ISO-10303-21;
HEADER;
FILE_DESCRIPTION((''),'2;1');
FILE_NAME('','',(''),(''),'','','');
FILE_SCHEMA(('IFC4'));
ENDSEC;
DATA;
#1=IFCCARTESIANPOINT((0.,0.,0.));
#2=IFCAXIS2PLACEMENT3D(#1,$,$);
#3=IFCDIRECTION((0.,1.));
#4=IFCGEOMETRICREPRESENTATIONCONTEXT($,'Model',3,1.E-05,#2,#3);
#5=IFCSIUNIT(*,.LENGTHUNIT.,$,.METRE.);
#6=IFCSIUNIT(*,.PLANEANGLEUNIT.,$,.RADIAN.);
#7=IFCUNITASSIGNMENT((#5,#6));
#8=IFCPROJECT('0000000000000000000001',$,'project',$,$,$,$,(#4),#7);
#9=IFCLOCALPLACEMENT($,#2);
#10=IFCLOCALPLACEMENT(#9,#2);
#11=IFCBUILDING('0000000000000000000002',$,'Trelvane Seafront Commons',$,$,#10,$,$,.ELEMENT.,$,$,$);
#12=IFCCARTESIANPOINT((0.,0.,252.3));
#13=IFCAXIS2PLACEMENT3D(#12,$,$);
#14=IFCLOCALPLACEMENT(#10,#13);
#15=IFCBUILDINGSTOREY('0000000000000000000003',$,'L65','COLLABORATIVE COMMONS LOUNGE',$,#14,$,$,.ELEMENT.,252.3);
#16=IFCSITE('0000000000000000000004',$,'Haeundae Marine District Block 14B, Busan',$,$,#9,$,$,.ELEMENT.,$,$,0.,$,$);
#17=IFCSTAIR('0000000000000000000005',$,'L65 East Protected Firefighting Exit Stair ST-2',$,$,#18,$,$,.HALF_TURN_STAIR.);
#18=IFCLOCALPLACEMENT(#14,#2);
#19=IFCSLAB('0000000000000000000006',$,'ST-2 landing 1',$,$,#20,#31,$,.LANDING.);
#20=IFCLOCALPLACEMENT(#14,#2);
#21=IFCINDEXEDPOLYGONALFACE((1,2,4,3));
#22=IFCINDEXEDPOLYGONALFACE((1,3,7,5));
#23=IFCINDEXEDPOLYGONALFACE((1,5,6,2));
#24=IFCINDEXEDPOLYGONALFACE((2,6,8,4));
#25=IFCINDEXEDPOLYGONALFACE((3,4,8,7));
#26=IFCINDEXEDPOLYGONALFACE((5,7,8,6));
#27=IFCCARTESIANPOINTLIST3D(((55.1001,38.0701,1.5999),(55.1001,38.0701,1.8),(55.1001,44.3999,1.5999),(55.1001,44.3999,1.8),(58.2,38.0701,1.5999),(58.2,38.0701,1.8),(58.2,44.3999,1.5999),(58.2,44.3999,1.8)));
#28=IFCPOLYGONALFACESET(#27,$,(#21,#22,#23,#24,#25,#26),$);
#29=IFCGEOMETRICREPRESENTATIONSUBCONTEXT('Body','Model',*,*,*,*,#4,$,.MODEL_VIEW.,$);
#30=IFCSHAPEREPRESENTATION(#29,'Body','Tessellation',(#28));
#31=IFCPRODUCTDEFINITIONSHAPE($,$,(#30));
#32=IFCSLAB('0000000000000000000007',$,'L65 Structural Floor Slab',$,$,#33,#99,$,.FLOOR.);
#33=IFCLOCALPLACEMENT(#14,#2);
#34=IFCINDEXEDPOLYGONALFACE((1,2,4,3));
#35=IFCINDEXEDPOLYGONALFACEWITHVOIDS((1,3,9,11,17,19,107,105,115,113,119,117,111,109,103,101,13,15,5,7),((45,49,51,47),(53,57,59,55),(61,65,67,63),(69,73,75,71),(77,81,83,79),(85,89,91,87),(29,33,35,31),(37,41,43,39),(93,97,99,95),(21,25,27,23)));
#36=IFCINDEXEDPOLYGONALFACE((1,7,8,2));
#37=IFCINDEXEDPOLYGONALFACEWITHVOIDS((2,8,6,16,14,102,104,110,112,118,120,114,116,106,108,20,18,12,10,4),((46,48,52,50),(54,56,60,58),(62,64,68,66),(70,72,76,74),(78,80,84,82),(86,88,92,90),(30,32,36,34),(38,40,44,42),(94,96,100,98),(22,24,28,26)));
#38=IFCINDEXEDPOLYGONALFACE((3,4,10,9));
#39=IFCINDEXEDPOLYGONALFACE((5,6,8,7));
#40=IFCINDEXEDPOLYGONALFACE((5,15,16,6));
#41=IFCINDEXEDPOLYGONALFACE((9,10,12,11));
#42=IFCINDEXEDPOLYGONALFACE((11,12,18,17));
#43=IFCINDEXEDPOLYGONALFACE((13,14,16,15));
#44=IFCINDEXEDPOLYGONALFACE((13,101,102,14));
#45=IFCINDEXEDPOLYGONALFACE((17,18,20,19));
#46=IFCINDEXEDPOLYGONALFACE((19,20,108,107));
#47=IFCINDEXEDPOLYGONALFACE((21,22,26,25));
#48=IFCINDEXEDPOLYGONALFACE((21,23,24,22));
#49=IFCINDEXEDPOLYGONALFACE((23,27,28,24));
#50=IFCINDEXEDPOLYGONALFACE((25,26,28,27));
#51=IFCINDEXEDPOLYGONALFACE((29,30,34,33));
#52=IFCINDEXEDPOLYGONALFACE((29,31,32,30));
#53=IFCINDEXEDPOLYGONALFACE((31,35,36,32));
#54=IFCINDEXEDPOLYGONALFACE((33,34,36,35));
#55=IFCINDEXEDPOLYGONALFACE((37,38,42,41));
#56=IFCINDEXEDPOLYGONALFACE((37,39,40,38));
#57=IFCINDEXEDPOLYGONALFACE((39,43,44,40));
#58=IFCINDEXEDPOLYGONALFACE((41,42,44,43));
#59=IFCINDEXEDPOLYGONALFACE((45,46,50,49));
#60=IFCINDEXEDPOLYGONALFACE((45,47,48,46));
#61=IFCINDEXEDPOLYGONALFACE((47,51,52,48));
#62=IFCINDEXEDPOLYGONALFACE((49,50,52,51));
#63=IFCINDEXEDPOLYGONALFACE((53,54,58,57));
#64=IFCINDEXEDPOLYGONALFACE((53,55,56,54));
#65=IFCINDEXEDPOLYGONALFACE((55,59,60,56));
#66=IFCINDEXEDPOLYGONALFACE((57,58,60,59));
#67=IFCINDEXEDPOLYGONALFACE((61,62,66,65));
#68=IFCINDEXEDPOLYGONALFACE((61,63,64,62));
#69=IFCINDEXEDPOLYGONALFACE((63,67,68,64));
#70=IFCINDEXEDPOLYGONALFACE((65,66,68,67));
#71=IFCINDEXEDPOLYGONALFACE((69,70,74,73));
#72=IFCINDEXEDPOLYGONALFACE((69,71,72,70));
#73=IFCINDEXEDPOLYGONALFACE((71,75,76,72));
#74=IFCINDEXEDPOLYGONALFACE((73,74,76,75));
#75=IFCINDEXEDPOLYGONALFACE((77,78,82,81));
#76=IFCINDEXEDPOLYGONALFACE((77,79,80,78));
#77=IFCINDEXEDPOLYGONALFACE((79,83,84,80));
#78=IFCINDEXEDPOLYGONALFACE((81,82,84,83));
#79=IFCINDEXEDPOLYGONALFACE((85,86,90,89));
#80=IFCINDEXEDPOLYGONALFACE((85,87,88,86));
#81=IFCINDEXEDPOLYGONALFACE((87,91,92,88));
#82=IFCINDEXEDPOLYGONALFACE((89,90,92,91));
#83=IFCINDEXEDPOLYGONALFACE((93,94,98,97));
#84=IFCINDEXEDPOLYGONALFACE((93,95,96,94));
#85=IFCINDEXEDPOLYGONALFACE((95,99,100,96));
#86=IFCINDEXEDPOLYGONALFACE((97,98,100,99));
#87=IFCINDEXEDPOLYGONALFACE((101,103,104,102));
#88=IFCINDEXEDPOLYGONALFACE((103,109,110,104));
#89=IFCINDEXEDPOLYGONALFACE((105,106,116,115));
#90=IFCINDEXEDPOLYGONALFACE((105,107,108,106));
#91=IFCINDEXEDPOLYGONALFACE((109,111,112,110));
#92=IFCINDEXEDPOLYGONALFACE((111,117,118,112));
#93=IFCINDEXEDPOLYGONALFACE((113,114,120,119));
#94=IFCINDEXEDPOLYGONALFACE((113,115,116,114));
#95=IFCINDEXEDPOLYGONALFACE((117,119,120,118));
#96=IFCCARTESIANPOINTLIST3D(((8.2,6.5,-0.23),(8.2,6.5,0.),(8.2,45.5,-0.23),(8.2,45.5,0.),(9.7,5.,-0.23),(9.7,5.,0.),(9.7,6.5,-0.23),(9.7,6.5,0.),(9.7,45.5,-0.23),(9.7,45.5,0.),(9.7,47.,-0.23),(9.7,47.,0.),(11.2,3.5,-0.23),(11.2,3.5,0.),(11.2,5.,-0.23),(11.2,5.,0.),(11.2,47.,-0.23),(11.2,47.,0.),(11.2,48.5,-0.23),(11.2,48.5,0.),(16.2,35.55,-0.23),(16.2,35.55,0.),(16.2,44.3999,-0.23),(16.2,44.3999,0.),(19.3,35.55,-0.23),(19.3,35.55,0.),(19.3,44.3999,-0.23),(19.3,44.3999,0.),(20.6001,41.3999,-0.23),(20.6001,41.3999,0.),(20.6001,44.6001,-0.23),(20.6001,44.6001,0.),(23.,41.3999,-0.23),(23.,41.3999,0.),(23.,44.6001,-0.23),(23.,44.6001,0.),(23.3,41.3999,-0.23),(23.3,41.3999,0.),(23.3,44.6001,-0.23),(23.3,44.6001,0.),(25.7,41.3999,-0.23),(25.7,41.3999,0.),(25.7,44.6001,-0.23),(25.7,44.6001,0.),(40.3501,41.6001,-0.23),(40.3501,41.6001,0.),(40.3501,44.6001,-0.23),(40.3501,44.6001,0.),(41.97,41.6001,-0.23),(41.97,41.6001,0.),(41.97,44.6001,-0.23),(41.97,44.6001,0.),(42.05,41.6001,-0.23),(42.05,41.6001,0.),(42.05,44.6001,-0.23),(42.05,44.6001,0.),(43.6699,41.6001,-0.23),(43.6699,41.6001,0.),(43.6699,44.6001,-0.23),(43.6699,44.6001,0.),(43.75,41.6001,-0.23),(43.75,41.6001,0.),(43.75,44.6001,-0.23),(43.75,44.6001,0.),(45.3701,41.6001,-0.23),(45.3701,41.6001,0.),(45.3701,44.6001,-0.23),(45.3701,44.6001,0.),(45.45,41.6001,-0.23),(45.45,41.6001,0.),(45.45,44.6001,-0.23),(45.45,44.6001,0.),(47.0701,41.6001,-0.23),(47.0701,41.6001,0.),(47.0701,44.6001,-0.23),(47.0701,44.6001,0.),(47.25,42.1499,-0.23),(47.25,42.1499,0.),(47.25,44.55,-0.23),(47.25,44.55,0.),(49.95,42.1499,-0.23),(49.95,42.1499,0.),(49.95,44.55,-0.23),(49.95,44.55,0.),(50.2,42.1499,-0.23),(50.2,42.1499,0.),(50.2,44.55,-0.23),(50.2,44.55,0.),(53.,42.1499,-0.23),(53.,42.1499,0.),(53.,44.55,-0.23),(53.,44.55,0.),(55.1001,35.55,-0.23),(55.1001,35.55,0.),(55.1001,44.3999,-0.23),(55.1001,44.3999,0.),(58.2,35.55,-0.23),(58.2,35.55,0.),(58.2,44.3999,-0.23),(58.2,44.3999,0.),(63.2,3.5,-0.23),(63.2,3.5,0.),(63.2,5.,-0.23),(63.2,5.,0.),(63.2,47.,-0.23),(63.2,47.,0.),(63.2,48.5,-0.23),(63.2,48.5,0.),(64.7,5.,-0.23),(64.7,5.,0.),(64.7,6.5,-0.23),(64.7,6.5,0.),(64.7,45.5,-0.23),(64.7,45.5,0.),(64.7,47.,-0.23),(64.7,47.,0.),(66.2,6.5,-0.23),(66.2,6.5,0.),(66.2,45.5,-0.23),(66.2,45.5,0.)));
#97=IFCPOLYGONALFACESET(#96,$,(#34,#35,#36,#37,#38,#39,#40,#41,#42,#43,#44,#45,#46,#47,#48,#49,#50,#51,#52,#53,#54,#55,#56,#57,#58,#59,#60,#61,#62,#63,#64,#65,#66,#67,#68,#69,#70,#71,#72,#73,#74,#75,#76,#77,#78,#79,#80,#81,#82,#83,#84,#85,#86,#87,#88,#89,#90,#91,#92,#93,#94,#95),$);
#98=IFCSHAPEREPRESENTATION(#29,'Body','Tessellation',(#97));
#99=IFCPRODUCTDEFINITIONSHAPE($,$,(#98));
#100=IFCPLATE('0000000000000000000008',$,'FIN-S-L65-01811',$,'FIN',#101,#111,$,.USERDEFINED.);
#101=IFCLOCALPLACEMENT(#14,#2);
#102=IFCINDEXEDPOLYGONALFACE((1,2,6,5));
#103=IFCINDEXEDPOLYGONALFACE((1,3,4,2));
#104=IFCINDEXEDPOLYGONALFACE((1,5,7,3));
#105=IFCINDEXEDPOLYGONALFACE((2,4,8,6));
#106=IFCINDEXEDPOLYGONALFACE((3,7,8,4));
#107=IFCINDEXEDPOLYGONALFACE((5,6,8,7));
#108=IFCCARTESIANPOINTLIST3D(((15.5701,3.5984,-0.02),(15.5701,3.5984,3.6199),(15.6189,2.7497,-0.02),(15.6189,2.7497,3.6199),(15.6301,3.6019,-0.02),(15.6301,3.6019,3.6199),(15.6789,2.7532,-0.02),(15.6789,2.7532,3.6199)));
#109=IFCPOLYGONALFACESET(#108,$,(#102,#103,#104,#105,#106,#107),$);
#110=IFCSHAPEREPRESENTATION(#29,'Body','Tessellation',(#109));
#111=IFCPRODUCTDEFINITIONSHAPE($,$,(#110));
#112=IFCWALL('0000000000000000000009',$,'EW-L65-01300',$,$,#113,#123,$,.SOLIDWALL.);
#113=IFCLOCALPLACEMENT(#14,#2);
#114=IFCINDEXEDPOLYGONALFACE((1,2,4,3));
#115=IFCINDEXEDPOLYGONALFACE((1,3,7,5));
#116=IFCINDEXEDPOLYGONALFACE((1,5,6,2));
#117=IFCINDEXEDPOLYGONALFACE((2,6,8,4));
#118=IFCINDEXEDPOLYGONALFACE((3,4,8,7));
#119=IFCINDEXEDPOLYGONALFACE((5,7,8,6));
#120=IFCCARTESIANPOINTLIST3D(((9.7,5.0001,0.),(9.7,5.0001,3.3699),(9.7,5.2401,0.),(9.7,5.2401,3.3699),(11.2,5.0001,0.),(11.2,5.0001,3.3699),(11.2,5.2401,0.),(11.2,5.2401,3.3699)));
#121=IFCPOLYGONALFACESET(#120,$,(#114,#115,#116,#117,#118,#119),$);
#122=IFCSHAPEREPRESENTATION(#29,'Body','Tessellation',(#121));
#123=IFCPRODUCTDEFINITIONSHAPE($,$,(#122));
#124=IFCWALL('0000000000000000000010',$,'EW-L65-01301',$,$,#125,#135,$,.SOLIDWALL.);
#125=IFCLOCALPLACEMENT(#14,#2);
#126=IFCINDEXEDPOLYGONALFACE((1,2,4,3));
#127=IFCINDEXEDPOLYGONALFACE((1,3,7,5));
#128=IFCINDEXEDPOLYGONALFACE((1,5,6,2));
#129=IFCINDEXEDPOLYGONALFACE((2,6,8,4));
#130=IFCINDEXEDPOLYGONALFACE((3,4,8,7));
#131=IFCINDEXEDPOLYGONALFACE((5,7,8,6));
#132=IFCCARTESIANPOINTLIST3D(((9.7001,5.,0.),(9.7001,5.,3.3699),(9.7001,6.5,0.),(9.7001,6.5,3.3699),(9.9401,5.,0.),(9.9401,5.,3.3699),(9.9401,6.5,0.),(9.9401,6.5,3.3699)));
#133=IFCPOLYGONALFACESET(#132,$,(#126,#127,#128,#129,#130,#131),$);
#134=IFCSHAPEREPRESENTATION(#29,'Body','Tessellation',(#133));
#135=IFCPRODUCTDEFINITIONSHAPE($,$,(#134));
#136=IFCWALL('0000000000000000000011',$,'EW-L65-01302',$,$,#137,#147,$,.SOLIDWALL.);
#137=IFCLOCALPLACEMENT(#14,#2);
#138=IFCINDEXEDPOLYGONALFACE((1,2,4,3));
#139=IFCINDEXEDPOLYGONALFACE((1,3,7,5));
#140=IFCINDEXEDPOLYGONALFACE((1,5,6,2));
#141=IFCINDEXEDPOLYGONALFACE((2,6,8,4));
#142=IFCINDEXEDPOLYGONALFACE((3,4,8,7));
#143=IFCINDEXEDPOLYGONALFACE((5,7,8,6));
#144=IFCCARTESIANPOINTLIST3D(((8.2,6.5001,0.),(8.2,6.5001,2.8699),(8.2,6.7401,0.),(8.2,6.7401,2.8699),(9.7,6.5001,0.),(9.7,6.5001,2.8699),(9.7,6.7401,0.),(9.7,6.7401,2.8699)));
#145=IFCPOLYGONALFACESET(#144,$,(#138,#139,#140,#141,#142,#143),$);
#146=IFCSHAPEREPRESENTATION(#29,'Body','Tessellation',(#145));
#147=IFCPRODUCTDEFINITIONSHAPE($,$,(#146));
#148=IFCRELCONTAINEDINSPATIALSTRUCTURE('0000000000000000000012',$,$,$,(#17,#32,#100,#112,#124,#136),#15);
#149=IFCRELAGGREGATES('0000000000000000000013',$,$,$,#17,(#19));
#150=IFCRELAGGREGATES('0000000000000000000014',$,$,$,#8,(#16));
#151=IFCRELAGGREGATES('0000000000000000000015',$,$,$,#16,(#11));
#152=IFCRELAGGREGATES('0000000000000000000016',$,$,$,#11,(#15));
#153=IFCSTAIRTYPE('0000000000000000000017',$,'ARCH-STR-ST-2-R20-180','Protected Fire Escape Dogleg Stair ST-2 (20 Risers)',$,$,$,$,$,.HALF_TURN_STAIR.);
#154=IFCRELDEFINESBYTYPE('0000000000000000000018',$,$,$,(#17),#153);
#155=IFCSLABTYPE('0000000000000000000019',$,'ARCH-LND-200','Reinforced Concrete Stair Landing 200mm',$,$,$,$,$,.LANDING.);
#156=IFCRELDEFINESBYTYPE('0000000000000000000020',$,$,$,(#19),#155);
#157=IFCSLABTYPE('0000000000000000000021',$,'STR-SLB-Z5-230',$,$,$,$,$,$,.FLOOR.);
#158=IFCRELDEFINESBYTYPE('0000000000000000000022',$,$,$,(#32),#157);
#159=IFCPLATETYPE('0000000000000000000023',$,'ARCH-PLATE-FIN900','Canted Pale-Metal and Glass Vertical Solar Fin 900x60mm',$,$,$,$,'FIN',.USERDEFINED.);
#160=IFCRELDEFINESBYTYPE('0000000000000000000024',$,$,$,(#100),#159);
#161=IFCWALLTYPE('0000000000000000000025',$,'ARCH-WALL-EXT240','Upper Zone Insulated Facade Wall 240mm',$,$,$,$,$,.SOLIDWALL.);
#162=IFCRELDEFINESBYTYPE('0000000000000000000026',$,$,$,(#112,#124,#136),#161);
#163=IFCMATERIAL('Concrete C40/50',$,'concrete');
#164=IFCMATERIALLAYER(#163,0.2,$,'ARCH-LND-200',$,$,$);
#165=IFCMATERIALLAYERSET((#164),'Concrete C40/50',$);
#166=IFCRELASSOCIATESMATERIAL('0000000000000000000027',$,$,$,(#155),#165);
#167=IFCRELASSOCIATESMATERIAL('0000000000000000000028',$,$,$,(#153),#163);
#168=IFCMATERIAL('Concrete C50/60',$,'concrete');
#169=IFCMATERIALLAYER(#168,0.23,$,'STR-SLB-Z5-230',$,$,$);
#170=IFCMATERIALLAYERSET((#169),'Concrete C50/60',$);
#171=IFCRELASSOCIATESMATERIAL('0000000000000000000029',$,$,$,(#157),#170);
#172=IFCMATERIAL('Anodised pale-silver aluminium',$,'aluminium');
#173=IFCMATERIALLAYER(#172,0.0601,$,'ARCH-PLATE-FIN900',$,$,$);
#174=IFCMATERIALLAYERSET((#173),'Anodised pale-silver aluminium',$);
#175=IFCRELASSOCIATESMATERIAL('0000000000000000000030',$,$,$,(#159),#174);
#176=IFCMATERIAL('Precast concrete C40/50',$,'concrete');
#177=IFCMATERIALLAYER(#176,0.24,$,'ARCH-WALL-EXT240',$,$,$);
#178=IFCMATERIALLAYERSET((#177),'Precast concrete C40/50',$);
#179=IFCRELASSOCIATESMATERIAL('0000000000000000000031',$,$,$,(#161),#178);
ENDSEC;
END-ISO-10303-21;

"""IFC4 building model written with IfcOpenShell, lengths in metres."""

from ifc_helpers import new_model, si_unit, direction, frame, frame_2d, origin, origin_2d, place, context, subcontext, project, spatial, polyline, rectangle, outline, extrude, source, transform, mapped, material, layer, layer_set, type_object, element, aggregate, save


model = new_model("IFC4")

# Units and contexts
model_context = context("Model", 3, precision=1e-05, world=origin(), true_north=direction((0.0, 1.0)))
body_context = subcontext(model_context, "Body", "Model", "MODEL_VIEW")
ifc_project = project(units=[si_unit("LENGTHUNIT", "METRE"), si_unit("PLANEANGLEUNIT", "RADIAN")], contexts=[model_context])

# Site, building, storey
site_placement = place(None, origin())
site = spatial("IfcSite", under=ifc_project, at=site_placement, Name="Haeundae Marine District Block 14B, Busan", CompositionType="ELEMENT", RefElevation=0.0)
building_placement = place(site_placement, origin())
building = spatial("IfcBuilding", under=site, at=building_placement, Name="Trelvane Seafront Commons", CompositionType="ELEMENT")
storey_placement = place(building_placement, frame((0.0, 0.0, 252.3)))
storey = spatial("IfcBuildingStorey", under=building, at=storey_placement, Name="L65", Description="COLLABORATIVE COMMONS LOUNGE", CompositionType="ELEMENT", Elevation=252.3)

# Shared definitions
ifc_material_1 = material(Name="Concrete C40/50", Category="concrete")

# Stair, slab
ifc_layer_1 = layer(ifc_material_1, 0.2, Name="ARCH-LND-200")
ifc_layer_set_1 = layer_set([ifc_layer_1], Name="Concrete C40/50")
slab_type_1 = type_object("IfcSlabType", Name="ARCH-LND-200", Description="Reinforced Concrete Stair Landing 200mm", PredefinedType="LANDING", material=ifc_layer_set_1)
stair_type_1 = type_object("IfcStairType", Name="ARCH-STR-ST-2-R20-180", Description="Protected Fire Escape Dogleg Stair ST-2 (20 Risers)", PredefinedType="HALF_TURN_STAIR", material=ifc_material_1)
stair_1_placement = place(storey_placement, origin())
stair_1 = element("IfcStair", 1, at=stair_1_placement, inside=storey, type_object=stair_type_1, Name="L65 East Protected Firefighting Exit Stair ST-2", PredefinedType="HALF_TURN_STAIR")
slab_1_placement = place(storey_placement, frame((0.0, 0.0, 1.5999)))
slab_1 = element("IfcSlab", 2, at=slab_1_placement, type_object=slab_type_1, Name="ST-2 landing 1", PredefinedType="LANDING", context=body_context, shape_type="SweptSolid", body=[
    extrude(outline(polyline([(58.2, 38.0701), (58.2, 44.3999), (55.1001, 44.3999), (55.1001, 38.0701), (58.2, 38.0701)])), origin(), (0.0, 0.0, 1.0), 0.2002),
])
aggregate(stair_1, [slab_1])

# Slab
ifc_material_2 = material(Name="Concrete C50/60", Category="concrete")
ifc_layer_2 = layer(ifc_material_2, 0.23, Name="STR-SLB-Z5-230")
ifc_layer_set_2 = layer_set([ifc_layer_2], Name="Concrete C50/60")
slab_type_2 = type_object("IfcSlabType", Name="STR-SLB-Z5-230", PredefinedType="FLOOR", material=ifc_layer_set_2)
slab_2_placement = place(storey_placement, frame((0.0, 0.0, -0.23)))
element("IfcSlab", 3, at=slab_2_placement, inside=storey, type_object=slab_type_2, Name="L65 Structural Floor Slab", PredefinedType="FLOOR", context=body_context, shape_type="SweptSolid", body=[
    extrude(outline(polyline([(11.2, 3.5), (63.2, 3.5), (63.2, 5.0), (64.7, 5.0), (64.7, 6.5), (66.2, 6.5), (66.2, 45.5), (64.7, 45.5), (64.7, 47.0), (63.2, 47.0), (63.2, 48.5), (11.2, 48.5), (11.2, 47.0), (9.7, 47.0), (9.7, 45.5), (8.2, 45.5), (8.2, 6.5), (9.7, 6.5), (9.7, 5.0), (11.2, 5.0), (11.2, 3.5)]), holes=[polyline([(19.3, 35.55), (16.2, 35.55), (16.2, 44.3999), (19.3, 44.3999), (19.3, 35.55)]), polyline([(58.2, 35.55), (55.1001, 35.55), (55.1001, 44.3999), (58.2, 44.3999), (58.2, 35.55)]), polyline([(23.0, 41.3999), (20.6001, 41.3999), (20.6001, 44.6001), (23.0, 44.6001), (23.0, 41.3999)]), polyline([(23.3, 41.3999), (23.3, 44.6001), (25.7, 44.6001), (25.7, 41.3999), (23.3, 41.3999)]), polyline([(40.3501, 41.6001), (40.3501, 44.6001), (41.97, 44.6001), (41.97, 41.6001), (40.3501, 41.6001)]), polyline([(43.6699, 41.6001), (42.05, 41.6001), (42.05, 44.6001), (43.6699, 44.6001), (43.6699, 41.6001)]), polyline([(45.3701, 41.6001), (43.75, 41.6001), (43.75, 44.6001), (45.3701, 44.6001), (45.3701, 41.6001)]), polyline([(47.0701, 41.6001), (45.45, 41.6001), (45.45, 44.6001), (47.0701, 44.6001), (47.0701, 41.6001)]), polyline([(47.25, 42.1499), (47.25, 44.55), (49.95, 44.55), (49.95, 42.1499), (47.25, 42.1499)]), polyline([(50.2, 42.1499), (50.2, 44.55), (53.0, 44.55), (53.0, 42.1499), (50.2, 42.1499)])]), origin(), (0.0, 0.0, 1.0), 0.23),
])

# Plate
ifc_material_3 = material(Name="Anodised pale-silver aluminium", Category="aluminium")
ifc_layer_3 = layer(ifc_material_3, 0.0601, Name="ARCH-PLATE-FIN900")
ifc_layer_set_3 = layer_set([ifc_layer_3], Name="Anodised pale-silver aluminium")
plate_type = type_object("IfcPlateType", Name="ARCH-PLATE-FIN900", Description="Canted Pale-Metal and Glass Vertical Solar Fin 900x60mm", ElementType="FIN", PredefinedType="USERDEFINED", material=ifc_layer_set_3)
shared_shape_1 = source(origin(), body_context, "Body", "SweptSolid", [
    extrude(rectangle(XDim=0.8501, YDim=0.0601, at=origin_2d()), origin(), (0.0, 0.0, 1.0), 3.6399),
])
plate_placement = place(storey_placement, frame((15.6245, 3.1758, -0.02), z_axis=(0.0, 0.0, 1.0), x_axis=(0.057412, -0.998351, 0.0)))
element("IfcPlate", 4, at=plate_placement, inside=storey, type_object=plate_type, Name="FIN-S-L65-01811", ObjectType="FIN", PredefinedType="USERDEFINED", context=body_context, shape_type="MappedRepresentation", body=[
    mapped(shared_shape_1, transform((0.0, 0.0, 0.0), x_axis=(1.0, 0.0, 0.0), y_axis=(0.0, 1.0, 0.0), z_axis=(0.0, 0.0, 1.0), scale=1.0)),
])

# Walls
ifc_material_4 = material(Name="Precast concrete C40/50", Category="concrete")
ifc_layer_4 = layer(ifc_material_4, 0.24, Name="ARCH-WALL-EXT240")
ifc_layer_set_4 = layer_set([ifc_layer_4], Name="Precast concrete C40/50")
wall_type_1 = type_object("IfcWallType", Name="ARCH-WALL-EXT240", Description="Upper Zone Insulated Facade Wall 240mm", PredefinedType="SOLIDWALL", material=ifc_layer_set_4)
for number, where, z_axis, x_axis, name in (
    (5, (11.2, 5.1201, 0.0), (0.0, 0.0, 1.0), (-1.0, 0.0, 0.0), "EW-L65-01300"),
    (6, (9.8201, 5.0, 0.0), (0.0, 0.0, 1.0), (0.0, 1.0, 0.0), "EW-L65-01301"),
):
    element("IfcWall", number, at=place(storey_placement, frame(where, z_axis=z_axis, x_axis=x_axis)), inside=storey, type_object=wall_type_1, Name=name, PredefinedType="SOLIDWALL", context=body_context, shape_type="SweptSolid", body=[
        extrude(rectangle(XDim=1.5, YDim=0.24, at=frame_2d((0.75, 0.0))), origin(), (0.0, 0.0, 1.0), 3.3699),
    ])
wall_1_placement = place(storey_placement, frame((9.7, 6.6201, 0.0), z_axis=(0.0, 0.0, 1.0), x_axis=(-1.0, 0.0, 0.0)))
element("IfcWall", 7, at=wall_1_placement, inside=storey, type_object=wall_type_1, Name="EW-L65-01302", PredefinedType="SOLIDWALL", context=body_context, shape_type="SweptSolid", body=[
    extrude(rectangle(XDim=1.5, YDim=0.24, at=frame_2d((0.75, 0.0))), origin(), (0.0, 0.0, 1.0), 2.8699),
])

save(model, "model.ifc")
